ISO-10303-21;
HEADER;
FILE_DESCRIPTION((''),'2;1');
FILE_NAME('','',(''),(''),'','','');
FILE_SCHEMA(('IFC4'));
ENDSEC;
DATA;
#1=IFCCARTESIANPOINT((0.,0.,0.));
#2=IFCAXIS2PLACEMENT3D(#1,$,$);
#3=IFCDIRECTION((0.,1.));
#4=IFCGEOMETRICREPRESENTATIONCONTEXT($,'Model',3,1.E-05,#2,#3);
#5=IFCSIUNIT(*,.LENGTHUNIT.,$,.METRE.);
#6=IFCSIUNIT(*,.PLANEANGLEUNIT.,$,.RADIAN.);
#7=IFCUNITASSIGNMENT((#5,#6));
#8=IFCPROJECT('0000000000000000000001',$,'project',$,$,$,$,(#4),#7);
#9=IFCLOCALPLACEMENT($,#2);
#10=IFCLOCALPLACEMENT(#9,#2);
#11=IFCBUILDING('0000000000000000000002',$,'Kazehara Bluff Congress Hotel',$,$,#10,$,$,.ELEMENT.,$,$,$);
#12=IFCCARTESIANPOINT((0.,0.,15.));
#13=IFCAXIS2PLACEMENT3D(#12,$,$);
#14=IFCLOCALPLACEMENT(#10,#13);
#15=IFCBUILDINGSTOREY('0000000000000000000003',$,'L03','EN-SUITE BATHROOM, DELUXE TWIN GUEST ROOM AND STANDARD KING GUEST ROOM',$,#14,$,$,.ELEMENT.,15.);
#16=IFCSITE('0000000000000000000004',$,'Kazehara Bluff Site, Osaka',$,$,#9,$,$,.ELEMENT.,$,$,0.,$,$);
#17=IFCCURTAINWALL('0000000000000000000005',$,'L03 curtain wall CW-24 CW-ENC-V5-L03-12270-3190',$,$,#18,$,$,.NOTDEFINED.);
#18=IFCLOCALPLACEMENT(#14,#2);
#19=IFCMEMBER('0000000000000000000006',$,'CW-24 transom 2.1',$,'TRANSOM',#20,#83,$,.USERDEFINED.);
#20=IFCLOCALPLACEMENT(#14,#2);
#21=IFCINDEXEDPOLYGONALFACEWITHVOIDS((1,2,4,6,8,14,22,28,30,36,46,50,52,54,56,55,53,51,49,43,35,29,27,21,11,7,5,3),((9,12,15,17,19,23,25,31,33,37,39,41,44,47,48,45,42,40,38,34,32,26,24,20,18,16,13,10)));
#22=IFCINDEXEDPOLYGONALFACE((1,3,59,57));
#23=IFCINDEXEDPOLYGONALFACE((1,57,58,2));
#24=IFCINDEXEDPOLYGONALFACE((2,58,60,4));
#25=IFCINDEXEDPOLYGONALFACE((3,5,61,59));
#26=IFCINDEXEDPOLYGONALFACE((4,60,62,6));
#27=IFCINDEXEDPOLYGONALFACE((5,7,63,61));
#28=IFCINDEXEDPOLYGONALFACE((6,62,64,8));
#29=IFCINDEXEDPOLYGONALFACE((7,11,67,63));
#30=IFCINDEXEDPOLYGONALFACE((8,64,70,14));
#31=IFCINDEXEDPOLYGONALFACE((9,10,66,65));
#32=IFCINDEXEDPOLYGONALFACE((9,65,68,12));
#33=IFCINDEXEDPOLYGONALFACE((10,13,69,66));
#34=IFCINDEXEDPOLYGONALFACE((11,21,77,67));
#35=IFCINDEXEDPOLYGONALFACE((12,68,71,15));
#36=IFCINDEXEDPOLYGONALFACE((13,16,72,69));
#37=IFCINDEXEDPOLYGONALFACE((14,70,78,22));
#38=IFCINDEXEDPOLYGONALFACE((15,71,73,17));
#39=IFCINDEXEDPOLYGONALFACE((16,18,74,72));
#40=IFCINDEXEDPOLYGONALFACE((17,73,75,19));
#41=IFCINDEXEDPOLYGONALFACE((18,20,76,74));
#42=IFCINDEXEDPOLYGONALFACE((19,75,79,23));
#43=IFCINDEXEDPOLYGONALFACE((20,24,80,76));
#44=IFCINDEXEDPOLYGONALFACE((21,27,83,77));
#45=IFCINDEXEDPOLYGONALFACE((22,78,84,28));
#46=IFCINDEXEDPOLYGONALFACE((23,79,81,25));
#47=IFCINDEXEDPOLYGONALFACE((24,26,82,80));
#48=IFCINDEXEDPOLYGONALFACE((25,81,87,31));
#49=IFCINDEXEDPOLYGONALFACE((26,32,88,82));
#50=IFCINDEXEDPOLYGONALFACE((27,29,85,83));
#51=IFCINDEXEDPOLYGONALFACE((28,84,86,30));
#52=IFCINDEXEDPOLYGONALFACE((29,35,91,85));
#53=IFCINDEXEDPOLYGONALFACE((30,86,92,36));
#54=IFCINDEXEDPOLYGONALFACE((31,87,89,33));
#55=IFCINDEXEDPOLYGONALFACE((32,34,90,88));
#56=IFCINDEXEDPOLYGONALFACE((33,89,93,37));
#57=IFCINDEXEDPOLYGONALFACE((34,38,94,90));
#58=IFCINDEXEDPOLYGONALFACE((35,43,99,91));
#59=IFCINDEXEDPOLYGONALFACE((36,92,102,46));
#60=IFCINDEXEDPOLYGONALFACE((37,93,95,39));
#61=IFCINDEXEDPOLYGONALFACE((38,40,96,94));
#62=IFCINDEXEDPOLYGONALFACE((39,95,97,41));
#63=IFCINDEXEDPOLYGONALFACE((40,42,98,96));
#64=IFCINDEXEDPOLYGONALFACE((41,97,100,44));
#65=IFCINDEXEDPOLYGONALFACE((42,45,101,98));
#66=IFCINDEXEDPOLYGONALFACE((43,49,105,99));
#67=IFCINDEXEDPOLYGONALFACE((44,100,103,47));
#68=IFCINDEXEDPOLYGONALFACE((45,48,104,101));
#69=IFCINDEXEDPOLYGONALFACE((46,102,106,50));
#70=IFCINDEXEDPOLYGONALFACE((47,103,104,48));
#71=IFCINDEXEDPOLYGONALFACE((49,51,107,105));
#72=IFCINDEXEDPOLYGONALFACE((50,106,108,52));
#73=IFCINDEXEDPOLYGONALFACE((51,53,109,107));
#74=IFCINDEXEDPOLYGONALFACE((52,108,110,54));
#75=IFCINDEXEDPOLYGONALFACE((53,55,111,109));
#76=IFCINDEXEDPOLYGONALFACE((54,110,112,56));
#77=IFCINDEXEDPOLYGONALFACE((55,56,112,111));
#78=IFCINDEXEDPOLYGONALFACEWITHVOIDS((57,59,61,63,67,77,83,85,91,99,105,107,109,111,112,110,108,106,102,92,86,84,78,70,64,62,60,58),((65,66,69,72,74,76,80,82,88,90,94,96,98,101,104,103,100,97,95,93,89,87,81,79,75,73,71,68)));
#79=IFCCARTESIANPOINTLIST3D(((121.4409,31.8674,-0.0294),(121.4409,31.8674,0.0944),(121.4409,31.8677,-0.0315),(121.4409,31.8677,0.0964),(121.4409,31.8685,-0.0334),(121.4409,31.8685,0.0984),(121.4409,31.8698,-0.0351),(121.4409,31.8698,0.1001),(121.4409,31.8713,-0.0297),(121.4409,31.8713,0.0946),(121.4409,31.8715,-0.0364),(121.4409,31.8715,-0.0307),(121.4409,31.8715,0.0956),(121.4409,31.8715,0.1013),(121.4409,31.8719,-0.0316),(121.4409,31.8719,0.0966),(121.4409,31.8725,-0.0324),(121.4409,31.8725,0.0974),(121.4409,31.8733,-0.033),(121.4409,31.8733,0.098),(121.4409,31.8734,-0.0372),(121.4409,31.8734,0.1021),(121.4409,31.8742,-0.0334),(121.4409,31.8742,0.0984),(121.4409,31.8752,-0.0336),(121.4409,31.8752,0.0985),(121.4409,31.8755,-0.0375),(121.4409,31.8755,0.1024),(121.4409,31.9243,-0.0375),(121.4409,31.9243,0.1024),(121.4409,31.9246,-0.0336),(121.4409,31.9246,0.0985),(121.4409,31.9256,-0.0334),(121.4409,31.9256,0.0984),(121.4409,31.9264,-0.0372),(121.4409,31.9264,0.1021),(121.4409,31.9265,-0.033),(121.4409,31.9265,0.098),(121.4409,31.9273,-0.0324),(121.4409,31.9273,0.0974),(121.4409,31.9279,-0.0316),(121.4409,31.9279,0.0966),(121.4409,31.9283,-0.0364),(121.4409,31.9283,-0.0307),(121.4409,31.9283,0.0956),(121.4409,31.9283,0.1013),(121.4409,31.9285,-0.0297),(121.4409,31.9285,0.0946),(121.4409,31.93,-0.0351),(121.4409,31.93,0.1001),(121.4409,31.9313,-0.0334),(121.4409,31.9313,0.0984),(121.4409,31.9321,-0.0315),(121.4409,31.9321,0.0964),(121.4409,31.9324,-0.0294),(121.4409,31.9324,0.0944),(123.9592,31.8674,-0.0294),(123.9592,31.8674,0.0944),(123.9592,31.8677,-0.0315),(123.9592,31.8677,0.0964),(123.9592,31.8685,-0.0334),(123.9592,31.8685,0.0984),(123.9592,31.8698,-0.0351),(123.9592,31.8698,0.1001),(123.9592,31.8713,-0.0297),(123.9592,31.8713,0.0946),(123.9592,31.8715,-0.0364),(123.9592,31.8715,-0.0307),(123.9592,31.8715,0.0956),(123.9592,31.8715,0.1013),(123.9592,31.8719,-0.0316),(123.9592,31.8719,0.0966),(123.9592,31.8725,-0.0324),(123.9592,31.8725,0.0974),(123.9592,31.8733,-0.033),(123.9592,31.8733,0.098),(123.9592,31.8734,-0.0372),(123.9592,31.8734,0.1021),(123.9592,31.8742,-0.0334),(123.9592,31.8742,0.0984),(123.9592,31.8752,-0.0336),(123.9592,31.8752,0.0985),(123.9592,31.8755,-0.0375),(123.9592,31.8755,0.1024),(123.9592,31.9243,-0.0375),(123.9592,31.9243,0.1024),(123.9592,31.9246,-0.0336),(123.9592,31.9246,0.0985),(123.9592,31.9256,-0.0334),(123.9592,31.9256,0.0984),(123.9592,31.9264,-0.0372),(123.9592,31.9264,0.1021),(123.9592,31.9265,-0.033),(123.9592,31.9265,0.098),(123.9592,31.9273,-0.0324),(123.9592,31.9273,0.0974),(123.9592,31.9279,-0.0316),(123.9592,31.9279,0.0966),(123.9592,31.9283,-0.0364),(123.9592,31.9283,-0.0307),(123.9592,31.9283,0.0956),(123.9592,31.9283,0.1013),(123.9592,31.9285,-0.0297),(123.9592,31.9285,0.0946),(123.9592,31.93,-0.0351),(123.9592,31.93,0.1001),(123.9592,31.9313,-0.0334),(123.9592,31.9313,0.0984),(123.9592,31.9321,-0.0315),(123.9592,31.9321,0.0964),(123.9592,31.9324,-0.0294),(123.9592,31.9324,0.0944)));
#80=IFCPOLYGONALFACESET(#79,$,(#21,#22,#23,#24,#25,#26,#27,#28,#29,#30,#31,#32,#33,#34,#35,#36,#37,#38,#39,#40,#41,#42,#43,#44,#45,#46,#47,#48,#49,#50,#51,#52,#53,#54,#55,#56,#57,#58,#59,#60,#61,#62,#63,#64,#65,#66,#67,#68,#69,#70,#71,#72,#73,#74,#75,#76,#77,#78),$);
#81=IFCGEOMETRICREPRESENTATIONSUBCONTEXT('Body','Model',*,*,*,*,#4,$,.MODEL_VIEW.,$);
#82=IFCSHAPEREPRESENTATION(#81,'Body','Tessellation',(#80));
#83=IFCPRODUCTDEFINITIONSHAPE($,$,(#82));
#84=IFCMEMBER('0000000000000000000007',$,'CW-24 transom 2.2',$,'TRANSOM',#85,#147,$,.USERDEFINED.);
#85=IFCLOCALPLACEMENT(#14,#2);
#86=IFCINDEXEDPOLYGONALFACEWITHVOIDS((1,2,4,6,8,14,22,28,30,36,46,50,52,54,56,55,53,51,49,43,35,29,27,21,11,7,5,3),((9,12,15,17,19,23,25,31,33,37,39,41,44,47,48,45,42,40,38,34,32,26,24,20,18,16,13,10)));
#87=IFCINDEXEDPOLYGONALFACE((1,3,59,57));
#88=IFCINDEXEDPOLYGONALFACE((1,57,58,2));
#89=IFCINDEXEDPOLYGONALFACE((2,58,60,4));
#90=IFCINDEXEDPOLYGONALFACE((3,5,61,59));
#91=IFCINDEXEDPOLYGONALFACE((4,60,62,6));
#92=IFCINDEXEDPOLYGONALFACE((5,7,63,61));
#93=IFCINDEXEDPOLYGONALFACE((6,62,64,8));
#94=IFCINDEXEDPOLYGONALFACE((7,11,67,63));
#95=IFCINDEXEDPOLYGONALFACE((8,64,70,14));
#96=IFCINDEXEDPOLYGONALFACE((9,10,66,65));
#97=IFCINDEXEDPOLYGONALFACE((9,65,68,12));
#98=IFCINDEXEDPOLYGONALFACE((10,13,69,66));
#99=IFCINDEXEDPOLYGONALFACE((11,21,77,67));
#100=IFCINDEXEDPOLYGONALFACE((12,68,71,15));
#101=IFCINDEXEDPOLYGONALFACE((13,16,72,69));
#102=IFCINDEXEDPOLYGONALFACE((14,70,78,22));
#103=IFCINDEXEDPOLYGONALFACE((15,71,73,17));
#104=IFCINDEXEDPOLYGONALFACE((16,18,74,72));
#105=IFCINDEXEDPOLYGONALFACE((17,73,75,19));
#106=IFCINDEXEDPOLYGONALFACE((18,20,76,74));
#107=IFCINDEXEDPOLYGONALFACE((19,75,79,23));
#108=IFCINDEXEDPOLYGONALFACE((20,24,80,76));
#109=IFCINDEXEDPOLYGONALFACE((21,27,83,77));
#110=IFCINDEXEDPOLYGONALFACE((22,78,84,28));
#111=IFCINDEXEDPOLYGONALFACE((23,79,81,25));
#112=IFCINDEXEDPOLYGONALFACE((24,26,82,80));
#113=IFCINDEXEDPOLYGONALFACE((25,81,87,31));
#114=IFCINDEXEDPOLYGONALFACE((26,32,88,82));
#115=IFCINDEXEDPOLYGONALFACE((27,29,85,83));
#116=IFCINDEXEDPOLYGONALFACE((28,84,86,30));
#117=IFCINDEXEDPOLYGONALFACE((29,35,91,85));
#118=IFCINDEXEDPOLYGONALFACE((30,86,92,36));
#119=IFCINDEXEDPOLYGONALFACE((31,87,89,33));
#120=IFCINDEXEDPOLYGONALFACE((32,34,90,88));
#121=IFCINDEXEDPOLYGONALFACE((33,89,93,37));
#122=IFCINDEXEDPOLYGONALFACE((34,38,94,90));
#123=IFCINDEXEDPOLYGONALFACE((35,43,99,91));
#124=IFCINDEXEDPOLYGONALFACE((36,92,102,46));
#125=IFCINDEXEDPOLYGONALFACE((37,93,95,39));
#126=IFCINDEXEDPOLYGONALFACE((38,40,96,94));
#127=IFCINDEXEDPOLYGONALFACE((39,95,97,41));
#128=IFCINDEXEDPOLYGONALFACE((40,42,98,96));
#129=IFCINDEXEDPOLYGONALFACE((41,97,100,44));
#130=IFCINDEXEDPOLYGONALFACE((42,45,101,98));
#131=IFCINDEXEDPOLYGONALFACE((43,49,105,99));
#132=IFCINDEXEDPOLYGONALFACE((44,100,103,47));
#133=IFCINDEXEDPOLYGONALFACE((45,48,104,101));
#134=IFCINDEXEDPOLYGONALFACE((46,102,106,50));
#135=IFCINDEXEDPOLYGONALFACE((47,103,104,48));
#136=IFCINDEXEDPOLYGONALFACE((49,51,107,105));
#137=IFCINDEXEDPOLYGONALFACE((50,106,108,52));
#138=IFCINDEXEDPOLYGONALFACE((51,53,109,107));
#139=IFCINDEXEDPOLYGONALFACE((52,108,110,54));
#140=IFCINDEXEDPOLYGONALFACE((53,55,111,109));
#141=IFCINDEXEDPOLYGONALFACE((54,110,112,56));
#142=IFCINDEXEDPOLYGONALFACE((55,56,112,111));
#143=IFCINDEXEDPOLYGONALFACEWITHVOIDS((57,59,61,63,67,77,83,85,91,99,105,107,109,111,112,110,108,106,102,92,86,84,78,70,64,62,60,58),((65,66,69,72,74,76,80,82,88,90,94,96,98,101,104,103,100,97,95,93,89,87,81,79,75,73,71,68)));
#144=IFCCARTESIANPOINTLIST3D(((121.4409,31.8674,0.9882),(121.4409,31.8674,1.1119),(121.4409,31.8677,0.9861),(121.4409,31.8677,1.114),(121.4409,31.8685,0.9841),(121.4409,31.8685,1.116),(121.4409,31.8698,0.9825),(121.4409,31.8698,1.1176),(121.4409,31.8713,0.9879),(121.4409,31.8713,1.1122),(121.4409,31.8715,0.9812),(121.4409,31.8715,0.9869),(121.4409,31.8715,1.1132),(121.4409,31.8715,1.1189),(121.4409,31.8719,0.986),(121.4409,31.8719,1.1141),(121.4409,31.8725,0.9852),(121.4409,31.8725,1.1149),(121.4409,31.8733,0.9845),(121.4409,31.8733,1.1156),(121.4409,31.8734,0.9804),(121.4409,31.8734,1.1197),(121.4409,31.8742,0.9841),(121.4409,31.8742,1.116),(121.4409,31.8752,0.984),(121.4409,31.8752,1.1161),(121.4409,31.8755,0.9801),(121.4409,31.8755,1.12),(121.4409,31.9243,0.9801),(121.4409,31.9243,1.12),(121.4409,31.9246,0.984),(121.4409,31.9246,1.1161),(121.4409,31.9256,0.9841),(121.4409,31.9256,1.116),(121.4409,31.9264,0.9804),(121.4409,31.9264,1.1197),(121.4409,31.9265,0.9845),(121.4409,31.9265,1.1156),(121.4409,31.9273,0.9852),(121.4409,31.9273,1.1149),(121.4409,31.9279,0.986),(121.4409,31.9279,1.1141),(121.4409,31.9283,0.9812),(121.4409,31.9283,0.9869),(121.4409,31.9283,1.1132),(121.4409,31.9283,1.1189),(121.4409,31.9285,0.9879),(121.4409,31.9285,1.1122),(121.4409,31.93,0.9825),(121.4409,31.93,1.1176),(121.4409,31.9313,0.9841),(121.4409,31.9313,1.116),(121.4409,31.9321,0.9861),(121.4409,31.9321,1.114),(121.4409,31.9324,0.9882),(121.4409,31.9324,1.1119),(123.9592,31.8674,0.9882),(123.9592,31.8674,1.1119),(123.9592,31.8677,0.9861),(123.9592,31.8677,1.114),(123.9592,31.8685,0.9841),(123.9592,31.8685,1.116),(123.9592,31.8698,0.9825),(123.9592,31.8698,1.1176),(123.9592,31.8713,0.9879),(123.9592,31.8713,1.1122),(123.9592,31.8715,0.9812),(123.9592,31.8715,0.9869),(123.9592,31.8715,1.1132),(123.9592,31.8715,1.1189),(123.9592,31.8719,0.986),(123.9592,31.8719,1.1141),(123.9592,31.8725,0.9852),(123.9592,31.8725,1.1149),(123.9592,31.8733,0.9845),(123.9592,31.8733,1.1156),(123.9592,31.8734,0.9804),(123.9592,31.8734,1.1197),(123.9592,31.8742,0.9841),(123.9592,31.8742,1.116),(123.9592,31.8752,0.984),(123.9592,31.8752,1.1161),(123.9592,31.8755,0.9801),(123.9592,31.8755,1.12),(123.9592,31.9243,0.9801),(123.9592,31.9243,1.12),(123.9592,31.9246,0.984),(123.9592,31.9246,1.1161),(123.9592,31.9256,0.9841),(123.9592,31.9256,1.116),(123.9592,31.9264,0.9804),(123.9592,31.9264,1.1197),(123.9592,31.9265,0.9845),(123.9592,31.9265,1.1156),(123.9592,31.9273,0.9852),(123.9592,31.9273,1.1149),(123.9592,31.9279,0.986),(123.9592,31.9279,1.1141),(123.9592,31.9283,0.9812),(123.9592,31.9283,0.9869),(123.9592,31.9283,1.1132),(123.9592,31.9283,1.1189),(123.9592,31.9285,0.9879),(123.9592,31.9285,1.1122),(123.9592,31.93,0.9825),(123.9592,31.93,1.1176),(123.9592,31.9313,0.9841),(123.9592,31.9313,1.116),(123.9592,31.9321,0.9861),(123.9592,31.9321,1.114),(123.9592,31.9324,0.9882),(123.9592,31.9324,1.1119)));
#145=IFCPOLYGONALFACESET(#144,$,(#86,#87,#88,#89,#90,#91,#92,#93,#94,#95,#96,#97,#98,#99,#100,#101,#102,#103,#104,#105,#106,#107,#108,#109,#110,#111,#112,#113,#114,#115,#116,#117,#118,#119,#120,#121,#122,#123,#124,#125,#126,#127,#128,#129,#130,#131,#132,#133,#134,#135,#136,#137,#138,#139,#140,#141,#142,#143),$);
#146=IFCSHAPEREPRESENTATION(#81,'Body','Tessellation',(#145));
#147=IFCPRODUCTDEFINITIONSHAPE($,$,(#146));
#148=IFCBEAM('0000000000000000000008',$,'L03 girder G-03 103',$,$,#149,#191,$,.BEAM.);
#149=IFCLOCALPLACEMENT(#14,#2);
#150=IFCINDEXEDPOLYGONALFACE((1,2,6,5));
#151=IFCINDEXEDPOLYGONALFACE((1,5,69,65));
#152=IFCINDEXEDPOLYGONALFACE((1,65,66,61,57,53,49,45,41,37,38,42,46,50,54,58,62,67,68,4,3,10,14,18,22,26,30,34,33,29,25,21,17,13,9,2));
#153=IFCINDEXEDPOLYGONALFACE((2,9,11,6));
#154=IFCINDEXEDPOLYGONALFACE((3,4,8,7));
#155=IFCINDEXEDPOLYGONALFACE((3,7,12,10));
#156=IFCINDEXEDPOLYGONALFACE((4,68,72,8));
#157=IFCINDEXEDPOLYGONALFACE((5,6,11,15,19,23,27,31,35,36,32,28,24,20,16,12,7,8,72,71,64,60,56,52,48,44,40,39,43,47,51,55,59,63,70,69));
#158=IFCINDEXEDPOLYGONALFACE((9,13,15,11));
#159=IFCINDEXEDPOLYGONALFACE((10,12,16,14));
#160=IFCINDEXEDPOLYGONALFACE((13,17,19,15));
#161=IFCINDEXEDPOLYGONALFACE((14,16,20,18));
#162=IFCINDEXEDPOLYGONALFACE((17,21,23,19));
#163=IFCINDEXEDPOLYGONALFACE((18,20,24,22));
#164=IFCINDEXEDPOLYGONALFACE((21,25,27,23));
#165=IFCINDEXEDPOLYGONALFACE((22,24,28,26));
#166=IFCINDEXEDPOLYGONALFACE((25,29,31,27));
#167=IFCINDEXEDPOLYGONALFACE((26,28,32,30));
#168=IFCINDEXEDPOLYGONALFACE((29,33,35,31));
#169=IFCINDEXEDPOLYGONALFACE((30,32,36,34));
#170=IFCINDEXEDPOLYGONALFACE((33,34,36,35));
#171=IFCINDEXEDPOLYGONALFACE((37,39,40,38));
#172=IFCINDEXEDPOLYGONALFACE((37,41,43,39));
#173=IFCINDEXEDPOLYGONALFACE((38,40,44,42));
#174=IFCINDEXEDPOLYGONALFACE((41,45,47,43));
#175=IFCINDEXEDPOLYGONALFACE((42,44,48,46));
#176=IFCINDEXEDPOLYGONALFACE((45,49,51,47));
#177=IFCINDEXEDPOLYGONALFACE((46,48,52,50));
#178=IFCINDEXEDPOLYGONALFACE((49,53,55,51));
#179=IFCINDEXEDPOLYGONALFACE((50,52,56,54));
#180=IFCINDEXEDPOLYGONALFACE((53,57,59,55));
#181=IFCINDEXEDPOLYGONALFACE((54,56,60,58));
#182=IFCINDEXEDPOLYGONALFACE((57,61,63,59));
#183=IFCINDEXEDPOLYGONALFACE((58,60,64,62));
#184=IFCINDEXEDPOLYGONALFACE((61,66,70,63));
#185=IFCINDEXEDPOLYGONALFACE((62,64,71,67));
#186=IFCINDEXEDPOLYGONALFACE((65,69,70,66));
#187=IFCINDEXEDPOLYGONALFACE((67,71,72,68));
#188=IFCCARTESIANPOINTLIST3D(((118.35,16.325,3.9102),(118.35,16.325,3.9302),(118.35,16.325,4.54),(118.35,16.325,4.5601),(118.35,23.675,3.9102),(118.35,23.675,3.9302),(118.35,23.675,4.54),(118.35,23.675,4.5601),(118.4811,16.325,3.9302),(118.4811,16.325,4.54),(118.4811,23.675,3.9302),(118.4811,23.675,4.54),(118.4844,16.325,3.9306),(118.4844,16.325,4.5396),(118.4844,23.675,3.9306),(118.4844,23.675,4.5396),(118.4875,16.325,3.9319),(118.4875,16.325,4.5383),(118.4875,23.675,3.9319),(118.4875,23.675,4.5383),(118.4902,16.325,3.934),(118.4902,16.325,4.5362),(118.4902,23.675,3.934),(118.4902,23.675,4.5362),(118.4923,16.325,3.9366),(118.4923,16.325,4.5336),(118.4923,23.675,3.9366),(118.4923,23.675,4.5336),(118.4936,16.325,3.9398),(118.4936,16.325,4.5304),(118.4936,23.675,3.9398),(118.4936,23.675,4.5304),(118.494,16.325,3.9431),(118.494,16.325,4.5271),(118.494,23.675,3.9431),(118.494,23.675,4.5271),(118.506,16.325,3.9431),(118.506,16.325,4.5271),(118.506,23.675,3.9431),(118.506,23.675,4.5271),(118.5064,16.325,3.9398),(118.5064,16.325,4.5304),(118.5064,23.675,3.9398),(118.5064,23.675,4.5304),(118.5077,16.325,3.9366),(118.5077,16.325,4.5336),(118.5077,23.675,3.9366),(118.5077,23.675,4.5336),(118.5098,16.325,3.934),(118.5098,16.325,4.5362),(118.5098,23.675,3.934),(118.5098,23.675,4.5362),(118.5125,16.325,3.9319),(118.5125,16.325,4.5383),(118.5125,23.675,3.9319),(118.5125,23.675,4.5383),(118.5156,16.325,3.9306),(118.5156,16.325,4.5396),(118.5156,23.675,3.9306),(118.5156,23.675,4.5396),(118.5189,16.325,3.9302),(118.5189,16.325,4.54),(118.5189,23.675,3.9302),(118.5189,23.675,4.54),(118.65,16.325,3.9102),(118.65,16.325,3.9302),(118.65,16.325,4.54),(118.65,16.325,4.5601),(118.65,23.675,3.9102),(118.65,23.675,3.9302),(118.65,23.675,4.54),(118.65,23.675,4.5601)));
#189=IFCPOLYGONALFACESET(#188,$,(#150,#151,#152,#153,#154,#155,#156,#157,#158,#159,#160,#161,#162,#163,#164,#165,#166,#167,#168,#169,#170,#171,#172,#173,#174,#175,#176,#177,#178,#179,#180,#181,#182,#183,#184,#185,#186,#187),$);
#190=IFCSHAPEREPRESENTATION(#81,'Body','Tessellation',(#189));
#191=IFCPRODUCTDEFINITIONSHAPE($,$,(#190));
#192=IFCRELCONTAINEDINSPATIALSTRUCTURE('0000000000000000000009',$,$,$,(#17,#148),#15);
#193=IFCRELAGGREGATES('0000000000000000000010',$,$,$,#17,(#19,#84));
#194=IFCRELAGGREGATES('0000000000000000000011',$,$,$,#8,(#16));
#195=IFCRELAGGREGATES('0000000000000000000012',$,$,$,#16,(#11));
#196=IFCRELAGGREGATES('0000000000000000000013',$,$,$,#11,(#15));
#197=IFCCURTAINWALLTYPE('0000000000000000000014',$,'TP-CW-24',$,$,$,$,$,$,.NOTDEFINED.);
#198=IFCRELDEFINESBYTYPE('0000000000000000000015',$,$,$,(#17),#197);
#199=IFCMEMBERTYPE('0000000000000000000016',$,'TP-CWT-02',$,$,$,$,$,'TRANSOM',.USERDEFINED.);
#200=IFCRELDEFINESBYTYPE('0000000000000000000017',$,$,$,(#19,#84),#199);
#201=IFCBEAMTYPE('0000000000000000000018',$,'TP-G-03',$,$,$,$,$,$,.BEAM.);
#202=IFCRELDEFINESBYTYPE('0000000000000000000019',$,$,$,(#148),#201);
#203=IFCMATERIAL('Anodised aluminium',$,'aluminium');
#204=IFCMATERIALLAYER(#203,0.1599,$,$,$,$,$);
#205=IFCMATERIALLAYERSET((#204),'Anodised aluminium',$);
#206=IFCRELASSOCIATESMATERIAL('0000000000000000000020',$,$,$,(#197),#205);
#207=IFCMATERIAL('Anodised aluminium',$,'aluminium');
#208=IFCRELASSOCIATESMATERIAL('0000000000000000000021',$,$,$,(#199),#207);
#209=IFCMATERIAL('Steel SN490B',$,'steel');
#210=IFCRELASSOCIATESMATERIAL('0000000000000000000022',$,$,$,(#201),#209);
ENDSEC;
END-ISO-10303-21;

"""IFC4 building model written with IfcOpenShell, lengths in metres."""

from ifc_helpers import new_model, si_unit, direction, frame, origin, origin_2d, place, context, subcontext, project, spatial, hollow_rectangle, i_section, extrude, material, layer, layer_set, material_profile, profile_set, type_object, element, aggregate, save


model = new_model("IFC4")

# Units and contexts
model_context = context("Model", 3, precision=1e-05, world=origin(), true_north=direction((0.0, 1.0)))
body_context = subcontext(model_context, "Body", "Model", "MODEL_VIEW")
ifc_project = project(units=[si_unit("LENGTHUNIT", "METRE"), si_unit("PLANEANGLEUNIT", "RADIAN")], contexts=[model_context])

# Site, building, storey
site_placement = place(None, origin())
site = spatial("IfcSite", under=ifc_project, at=site_placement, Name="Kazehara Bluff Site, Osaka", CompositionType="ELEMENT", RefElevation=0.0)
building_placement = place(site_placement, origin())
building = spatial("IfcBuilding", under=site, at=building_placement, Name="Kazehara Bluff Congress Hotel", CompositionType="ELEMENT")
storey_placement = place(building_placement, frame((0.0, 0.0, 15.0)))
storey = spatial("IfcBuildingStorey", under=building, at=storey_placement, Name="L03", Description="EN-SUITE BATHROOM, DELUXE TWIN GUEST ROOM AND STANDARD KING GUEST ROOM", CompositionType="ELEMENT", Elevation=15.0)

# Curtain wall
ifc_material_1 = material(Name="Anodised aluminium", Category="aluminium")
ifc_layer_1 = layer(ifc_material_1, 0.1599)
ifc_layer_set_1 = layer_set([ifc_layer_1], Name="Anodised aluminium")
curtain_wall_type_1 = type_object("IfcCurtainWallType", Name="TP-CW-24", PredefinedType="NOTDEFINED", material=ifc_layer_set_1)
curtain_wall_1_placement = place(storey_placement, origin())
curtain_wall_1 = element("IfcCurtainWall", 1, at=curtain_wall_1_placement, inside=storey, type_object=curtain_wall_type_1, Name="L03 curtain wall CW-24 CW-ENC-V5-L03-12270-3190", PredefinedType="NOTDEFINED")

# Members
ifc_material_2 = material(Name="Anodised aluminium", Category="aluminium")
ifc_material_profile_1 = material_profile(ifc_material_2, hollow_rectangle(XDim=0.0649, YDim=0.1399, WallThickness=0.0039, InnerFilletRadius=0.0039, OuterFilletRadius=0.0081, at=origin_2d()))
ifc_profile_set_1 = profile_set([ifc_material_profile_1], Name="Anodised aluminium")
member_type_1 = type_object("IfcMemberType", Name="TP-CWT-02", ElementType="TRANSOM", PredefinedType="USERDEFINED", material=ifc_profile_set_1)
member_1_placement = place(storey_placement, frame((121.4409, 31.8999, 0.0325), z_axis=(1.0, 0.0, 0.0), x_axis=(0.0, 1.0, 0.0)))
member_1 = element("IfcMember", 2, at=member_1_placement, type_object=member_type_1, Name="CW-24 transom 2.1", ObjectType="TRANSOM", PredefinedType="USERDEFINED", context=body_context, shape_type="SweptSolid", body=[
    extrude(hollow_rectangle(XDim=0.0649, YDim=0.1399, WallThickness=0.0039, InnerFilletRadius=0.0039, OuterFilletRadius=0.0081, at=origin_2d()), origin(), (0.0, 0.0, 1.0), 2.5183),
])
member_2_placement = place(storey_placement, frame((121.4409, 31.8999, 1.05), z_axis=(1.0, 0.0, 0.0), x_axis=(0.0, 1.0, 0.0)))
member_2 = element("IfcMember", 3, at=member_2_placement, type_object=member_type_1, Name="CW-24 transom 2.2", ObjectType="TRANSOM", PredefinedType="USERDEFINED", context=body_context, shape_type="SweptSolid", body=[
    extrude(hollow_rectangle(XDim=0.0649, YDim=0.1399, WallThickness=0.0039, InnerFilletRadius=0.0039, OuterFilletRadius=0.0081, at=origin_2d()), origin(), (0.0, 0.0, 1.0), 2.5183),
])

# Beam
ifc_material_3 = material(Name="Steel SN490B", Category="steel")
ifc_material_profile_2 = material_profile(ifc_material_3, i_section(OverallWidth=0.3, OverallDepth=0.6499, WebThickness=0.012, FlangeThickness=0.02, FilletRadius=0.0129, at=origin_2d()))
ifc_profile_set_2 = profile_set([ifc_material_profile_2], Name="Steel SN490B")
beam_type_1 = type_object("IfcBeamType", Name="TP-G-03", PredefinedType="BEAM", material=ifc_profile_set_2)
for number, where, z_axis, x_axis, name in (
    (4, (118.5, 16.325, 4.2351), (0.0, 1.0, 0.0), (-1.0, 0.0, 0.0), "L03 girder G-03 103"),
):
    element("IfcBeam", number, at=place(storey_placement, frame(where, z_axis=z_axis, x_axis=x_axis)), inside=storey, type_object=beam_type_1, Name=name, PredefinedType="BEAM", context=body_context, shape_type="SweptSolid", body=[
        extrude(i_section(OverallWidth=0.3, OverallDepth=0.6499, WebThickness=0.012, FlangeThickness=0.02, FilletRadius=0.0129, at=origin_2d()), origin(), (0.0, 0.0, 1.0), 7.3501),
    ])

aggregate(curtain_wall_1, [member_1, member_2])

save(model, "model.ifc")
